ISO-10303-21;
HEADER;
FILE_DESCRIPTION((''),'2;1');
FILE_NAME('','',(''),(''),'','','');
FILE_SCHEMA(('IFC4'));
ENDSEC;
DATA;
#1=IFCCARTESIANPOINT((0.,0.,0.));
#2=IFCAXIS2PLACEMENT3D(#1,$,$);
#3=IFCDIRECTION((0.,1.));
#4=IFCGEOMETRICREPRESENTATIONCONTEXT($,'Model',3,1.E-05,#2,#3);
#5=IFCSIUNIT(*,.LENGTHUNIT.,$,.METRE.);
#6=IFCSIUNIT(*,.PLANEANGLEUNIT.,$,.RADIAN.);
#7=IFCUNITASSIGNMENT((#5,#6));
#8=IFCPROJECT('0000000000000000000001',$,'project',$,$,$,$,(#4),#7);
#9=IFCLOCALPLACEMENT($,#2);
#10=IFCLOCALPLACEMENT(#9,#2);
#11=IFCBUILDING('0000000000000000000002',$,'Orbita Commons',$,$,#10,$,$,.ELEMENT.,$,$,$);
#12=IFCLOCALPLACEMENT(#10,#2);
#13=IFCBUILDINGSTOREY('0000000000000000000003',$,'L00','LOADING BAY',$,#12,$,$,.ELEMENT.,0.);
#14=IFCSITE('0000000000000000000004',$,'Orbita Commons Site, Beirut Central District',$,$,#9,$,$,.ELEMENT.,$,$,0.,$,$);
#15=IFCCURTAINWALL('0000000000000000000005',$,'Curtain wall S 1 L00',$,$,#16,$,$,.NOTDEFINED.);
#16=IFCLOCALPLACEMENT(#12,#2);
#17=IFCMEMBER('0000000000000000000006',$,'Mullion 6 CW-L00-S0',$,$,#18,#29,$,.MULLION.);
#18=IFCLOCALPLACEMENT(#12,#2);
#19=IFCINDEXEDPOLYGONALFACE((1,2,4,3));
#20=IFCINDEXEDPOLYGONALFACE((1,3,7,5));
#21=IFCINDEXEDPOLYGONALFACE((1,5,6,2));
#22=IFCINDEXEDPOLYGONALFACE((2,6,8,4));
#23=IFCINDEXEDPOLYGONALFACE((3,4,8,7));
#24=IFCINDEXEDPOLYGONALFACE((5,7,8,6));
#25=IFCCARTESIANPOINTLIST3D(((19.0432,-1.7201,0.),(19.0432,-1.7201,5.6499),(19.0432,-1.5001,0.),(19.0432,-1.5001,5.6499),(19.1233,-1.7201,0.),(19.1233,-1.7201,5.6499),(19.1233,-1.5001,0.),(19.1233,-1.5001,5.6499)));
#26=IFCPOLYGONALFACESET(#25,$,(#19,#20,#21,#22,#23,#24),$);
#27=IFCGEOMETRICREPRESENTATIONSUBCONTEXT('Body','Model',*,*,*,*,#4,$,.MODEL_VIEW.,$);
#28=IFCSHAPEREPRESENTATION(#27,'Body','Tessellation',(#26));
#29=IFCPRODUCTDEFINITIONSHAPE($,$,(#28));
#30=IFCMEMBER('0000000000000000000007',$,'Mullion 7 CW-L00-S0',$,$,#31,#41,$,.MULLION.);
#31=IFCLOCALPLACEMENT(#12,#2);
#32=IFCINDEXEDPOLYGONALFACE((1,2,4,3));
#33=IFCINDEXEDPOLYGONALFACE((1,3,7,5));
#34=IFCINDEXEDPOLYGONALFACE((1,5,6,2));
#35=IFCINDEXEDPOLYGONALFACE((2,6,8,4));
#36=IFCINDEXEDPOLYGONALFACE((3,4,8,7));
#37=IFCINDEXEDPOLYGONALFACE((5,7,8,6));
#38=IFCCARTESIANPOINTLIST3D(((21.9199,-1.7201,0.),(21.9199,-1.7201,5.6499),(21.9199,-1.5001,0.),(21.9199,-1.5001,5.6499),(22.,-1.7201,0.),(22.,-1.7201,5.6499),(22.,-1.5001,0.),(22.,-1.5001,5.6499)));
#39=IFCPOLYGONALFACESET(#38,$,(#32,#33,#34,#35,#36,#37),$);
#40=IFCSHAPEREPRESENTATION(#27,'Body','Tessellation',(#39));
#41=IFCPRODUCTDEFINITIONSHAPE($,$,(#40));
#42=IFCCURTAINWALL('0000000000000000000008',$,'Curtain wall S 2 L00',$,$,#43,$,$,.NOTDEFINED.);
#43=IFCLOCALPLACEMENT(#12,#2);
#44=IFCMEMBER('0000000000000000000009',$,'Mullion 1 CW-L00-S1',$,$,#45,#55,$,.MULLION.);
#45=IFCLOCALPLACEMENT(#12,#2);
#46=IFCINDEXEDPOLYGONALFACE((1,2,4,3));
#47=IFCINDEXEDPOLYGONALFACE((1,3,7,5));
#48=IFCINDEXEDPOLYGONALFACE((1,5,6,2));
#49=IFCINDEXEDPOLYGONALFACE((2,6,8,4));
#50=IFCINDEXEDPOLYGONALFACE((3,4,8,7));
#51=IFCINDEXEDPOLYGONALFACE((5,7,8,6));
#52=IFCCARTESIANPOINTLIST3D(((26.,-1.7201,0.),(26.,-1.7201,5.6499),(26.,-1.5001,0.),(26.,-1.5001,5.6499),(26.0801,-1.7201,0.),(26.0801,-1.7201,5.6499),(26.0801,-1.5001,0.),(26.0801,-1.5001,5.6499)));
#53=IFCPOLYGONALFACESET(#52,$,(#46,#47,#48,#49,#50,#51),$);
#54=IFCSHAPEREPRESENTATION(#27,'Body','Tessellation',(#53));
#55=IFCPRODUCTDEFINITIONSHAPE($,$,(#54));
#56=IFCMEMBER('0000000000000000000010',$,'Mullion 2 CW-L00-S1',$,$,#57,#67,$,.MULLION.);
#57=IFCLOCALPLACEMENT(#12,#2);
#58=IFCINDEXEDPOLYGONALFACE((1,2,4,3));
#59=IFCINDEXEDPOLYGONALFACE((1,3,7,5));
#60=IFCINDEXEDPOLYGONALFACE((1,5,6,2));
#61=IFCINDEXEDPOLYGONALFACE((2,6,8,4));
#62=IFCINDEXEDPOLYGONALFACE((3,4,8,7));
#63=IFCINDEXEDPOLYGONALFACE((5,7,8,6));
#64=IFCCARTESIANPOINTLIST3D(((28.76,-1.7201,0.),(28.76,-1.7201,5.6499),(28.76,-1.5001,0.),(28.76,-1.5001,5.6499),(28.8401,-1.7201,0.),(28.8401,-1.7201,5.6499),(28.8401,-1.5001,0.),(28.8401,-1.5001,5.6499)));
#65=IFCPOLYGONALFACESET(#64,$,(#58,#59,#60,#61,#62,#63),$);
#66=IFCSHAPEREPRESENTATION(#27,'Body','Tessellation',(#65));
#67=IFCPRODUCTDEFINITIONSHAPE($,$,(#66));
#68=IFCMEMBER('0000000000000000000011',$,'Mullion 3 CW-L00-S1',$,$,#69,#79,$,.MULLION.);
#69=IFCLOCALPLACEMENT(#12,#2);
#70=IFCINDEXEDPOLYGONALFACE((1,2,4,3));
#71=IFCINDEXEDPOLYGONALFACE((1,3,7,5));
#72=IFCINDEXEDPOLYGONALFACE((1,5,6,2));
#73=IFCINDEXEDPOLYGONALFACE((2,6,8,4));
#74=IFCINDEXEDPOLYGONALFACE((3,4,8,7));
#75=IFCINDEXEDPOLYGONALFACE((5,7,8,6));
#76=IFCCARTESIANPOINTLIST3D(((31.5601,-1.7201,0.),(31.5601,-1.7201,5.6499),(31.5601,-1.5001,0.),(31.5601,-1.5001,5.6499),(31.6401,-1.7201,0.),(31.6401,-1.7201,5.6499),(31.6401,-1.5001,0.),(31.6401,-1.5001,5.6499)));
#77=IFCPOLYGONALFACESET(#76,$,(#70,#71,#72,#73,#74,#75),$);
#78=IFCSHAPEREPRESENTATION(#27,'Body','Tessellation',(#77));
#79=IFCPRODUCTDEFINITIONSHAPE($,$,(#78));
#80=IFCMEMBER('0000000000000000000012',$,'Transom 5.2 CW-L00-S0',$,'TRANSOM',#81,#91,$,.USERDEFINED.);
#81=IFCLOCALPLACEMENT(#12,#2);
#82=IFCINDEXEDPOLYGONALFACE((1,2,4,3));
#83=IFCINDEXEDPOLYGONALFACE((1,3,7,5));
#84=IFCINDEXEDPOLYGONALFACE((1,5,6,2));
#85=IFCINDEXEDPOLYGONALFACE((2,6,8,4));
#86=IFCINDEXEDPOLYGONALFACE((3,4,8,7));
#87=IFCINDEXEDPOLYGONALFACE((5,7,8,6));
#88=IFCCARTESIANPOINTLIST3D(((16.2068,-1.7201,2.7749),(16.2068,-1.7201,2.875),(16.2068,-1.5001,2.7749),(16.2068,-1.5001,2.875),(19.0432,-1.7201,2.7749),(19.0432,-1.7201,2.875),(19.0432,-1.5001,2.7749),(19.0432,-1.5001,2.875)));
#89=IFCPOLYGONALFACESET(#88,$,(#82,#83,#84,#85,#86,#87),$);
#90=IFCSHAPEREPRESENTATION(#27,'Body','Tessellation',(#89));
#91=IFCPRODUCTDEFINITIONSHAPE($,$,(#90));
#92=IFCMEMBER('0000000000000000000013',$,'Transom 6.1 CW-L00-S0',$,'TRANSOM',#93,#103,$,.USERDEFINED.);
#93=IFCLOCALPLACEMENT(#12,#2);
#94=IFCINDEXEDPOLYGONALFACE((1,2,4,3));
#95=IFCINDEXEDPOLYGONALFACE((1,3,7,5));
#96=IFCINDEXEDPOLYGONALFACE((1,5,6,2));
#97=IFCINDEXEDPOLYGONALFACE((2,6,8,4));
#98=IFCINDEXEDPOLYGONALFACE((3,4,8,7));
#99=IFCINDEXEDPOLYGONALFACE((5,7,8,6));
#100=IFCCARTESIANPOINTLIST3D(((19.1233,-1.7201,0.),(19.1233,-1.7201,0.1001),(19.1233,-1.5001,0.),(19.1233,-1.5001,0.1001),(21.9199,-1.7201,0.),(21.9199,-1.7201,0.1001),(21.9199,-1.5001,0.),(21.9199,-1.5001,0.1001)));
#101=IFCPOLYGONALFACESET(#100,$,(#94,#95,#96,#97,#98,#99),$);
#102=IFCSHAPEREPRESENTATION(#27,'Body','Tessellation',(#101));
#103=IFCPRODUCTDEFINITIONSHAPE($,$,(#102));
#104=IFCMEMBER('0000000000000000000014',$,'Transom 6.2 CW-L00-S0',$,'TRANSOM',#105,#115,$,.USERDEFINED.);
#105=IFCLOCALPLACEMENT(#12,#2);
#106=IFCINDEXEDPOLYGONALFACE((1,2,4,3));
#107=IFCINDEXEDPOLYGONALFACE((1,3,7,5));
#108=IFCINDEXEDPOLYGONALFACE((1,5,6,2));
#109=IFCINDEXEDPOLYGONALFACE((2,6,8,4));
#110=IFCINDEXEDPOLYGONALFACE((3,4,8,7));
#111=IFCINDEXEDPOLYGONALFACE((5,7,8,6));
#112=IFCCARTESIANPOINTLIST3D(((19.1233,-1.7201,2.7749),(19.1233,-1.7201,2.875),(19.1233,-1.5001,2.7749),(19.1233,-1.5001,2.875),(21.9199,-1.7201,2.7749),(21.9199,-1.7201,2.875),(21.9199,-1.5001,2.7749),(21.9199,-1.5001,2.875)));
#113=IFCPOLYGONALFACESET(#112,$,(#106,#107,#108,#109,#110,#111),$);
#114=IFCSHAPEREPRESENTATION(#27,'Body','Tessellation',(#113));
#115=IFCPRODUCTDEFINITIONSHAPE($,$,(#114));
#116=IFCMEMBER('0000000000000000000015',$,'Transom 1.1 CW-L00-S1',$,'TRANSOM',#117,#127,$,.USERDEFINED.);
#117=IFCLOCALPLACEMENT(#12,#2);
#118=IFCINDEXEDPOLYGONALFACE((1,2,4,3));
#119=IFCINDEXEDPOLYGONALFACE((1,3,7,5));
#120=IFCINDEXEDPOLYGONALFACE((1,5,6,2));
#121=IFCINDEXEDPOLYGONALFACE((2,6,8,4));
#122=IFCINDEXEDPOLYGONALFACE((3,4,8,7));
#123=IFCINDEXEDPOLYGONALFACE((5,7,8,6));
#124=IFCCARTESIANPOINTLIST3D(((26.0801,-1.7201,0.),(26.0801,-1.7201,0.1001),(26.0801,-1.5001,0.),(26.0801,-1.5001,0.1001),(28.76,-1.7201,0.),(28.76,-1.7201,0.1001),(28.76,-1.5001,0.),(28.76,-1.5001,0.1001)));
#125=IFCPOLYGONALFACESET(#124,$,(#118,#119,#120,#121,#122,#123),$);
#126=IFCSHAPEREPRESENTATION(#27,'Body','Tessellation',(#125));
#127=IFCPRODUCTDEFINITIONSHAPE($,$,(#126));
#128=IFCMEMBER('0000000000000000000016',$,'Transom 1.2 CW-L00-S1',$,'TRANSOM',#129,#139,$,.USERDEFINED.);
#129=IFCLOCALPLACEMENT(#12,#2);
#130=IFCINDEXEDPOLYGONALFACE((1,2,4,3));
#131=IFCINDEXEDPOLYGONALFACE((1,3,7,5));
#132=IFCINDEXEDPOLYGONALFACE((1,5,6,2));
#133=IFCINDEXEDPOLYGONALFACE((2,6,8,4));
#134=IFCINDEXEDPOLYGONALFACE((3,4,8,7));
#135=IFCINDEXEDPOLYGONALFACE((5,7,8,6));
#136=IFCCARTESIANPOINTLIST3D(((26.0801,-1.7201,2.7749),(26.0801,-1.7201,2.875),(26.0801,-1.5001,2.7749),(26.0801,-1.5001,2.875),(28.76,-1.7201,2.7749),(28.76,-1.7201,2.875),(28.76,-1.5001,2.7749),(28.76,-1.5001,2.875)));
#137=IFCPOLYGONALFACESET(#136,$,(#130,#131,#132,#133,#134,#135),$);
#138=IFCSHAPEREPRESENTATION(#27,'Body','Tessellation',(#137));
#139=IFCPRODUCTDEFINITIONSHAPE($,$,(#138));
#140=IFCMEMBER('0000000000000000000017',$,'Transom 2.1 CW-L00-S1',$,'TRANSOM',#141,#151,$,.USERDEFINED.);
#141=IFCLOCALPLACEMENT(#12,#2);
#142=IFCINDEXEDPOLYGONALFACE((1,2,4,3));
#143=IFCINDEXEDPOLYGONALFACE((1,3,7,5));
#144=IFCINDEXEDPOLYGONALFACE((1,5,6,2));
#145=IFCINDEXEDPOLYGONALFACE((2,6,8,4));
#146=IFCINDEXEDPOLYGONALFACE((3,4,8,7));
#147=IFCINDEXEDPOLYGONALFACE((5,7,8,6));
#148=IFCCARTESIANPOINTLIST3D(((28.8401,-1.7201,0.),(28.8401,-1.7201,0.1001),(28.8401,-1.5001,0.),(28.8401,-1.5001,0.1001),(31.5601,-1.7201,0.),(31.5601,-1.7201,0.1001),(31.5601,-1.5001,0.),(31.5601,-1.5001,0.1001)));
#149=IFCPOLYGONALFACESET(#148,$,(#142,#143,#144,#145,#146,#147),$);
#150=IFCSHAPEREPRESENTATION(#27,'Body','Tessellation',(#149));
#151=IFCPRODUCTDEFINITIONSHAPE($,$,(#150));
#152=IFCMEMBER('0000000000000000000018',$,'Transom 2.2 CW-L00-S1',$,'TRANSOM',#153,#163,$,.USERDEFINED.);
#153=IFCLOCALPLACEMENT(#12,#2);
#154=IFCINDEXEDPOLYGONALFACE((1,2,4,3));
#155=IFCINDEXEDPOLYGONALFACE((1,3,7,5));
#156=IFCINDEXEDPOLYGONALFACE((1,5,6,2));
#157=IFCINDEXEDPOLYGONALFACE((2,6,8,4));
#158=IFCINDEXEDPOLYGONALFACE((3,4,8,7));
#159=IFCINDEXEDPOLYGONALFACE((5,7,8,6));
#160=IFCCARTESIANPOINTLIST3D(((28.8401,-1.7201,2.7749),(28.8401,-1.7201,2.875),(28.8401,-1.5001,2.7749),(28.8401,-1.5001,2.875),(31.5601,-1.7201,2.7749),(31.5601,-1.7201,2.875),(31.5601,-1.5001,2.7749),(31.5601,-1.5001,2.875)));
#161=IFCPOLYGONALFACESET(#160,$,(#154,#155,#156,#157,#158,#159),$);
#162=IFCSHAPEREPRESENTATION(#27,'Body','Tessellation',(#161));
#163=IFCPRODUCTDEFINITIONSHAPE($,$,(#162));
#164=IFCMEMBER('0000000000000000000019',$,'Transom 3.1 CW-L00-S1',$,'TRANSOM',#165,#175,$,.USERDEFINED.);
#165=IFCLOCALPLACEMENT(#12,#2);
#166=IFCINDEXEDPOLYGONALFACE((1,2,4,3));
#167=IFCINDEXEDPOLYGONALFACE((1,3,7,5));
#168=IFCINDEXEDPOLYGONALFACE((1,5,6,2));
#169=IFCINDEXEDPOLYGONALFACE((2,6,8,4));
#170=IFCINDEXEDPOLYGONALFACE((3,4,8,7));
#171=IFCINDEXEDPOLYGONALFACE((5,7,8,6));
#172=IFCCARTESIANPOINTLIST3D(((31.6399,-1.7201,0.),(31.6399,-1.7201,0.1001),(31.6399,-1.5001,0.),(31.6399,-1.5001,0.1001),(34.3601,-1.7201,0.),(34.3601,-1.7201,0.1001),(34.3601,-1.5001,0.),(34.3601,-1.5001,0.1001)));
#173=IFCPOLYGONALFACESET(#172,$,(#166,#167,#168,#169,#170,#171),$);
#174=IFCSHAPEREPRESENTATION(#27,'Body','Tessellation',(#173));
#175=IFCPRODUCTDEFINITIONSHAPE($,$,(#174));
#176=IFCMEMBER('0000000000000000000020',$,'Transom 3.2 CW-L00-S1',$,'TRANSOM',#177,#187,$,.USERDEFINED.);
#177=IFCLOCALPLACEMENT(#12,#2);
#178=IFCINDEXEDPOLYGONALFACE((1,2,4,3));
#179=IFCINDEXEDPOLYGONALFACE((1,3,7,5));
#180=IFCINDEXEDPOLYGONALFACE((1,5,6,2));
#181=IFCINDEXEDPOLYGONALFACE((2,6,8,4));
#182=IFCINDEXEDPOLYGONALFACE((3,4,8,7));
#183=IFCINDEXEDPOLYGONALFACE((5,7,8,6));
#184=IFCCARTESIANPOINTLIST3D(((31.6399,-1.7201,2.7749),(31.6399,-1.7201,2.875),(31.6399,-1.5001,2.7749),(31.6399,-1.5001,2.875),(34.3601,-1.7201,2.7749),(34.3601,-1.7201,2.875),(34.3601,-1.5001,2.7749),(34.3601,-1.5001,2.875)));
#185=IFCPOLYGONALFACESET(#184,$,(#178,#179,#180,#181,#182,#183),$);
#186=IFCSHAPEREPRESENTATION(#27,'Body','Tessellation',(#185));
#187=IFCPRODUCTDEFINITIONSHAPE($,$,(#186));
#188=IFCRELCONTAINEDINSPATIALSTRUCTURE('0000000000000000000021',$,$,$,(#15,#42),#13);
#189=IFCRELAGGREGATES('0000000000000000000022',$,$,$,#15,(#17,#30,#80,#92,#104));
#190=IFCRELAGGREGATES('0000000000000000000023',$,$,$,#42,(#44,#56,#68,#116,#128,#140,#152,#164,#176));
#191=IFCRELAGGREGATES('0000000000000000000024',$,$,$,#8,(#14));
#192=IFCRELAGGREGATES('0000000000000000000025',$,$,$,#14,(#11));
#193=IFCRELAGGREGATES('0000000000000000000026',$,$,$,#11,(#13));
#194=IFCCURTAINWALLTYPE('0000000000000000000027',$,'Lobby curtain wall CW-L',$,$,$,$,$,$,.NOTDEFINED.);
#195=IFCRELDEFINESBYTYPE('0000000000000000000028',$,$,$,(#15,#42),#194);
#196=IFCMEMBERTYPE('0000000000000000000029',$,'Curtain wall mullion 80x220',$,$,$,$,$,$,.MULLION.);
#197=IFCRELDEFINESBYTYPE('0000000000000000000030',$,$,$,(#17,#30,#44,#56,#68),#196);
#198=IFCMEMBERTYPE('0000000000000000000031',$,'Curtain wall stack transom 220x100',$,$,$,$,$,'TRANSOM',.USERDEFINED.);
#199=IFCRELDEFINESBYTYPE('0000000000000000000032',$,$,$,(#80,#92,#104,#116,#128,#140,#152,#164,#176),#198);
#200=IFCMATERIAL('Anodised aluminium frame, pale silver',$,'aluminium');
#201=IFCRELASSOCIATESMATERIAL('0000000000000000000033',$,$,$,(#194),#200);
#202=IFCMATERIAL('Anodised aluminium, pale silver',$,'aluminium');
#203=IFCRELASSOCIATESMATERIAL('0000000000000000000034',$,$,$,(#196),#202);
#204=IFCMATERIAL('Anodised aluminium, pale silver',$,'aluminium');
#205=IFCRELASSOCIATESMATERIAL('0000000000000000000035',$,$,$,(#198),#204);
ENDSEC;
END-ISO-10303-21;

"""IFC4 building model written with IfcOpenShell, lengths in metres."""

from ifc_helpers import new_model, si_unit, direction, frame, origin, origin_2d, place, context, subcontext, project, spatial, rectangle, extrude, material, material_profile, profile_set, type_object, element, aggregate, save


model = new_model("IFC4")

# Units and contexts
model_context = context("Model", 3, precision=1e-05, world=origin(), true_north=direction((0.0, 1.0)))
body_context = subcontext(model_context, "Body", "Model", "MODEL_VIEW")
ifc_project = project(units=[si_unit("LENGTHUNIT", "METRE"), si_unit("PLANEANGLEUNIT", "RADIAN")], contexts=[model_context])

# Site, building, storey
site_placement = place(None, origin())
site = spatial("IfcSite", under=ifc_project, at=site_placement, Name="Orbita Commons Site, Beirut Central District", CompositionType="ELEMENT", RefElevation=0.0)
building_placement = place(site_placement, origin())
building = spatial("IfcBuilding", under=site, at=building_placement, Name="Orbita Commons", CompositionType="ELEMENT")
storey_placement = place(building_placement, origin())
storey = spatial("IfcBuildingStorey", under=building, at=storey_placement, Name="L00", Description="LOADING BAY", CompositionType="ELEMENT", Elevation=0.0)

# Curtain walls, members
ifc_material_1 = material(Name="Anodised aluminium frame, pale silver", Category="aluminium")
curtain_wall_type = type_object("IfcCurtainWallType", Name="Lobby curtain wall CW-L", PredefinedType="NOTDEFINED", material=ifc_material_1)
curtain_wall_1_placement = place(storey_placement, origin())
curtain_wall_1 = element("IfcCurtainWall", 1, at=curtain_wall_1_placement, inside=storey, type_object=curtain_wall_type, Name="Curtain wall S 1 L00", PredefinedType="NOTDEFINED")
ifc_material_2 = material(Name="Anodised aluminium, pale silver", Category="aluminium")
ifc_material_profile_1 = material_profile(ifc_material_2, rectangle(XDim=0.0801, YDim=0.22, at=origin_2d()), Name="AL 80x220")
ifc_profile_set_1 = profile_set([ifc_material_profile_1], Name="Anodised aluminium, pale silver")
member_type_1 = type_object("IfcMemberType", Name="Curtain wall mullion 80x220", PredefinedType="MULLION", material=ifc_profile_set_1)
member_1_placement = place(storey_placement, frame((19.0833, -1.6101, 0.0), z_axis=(0.0, 0.0, 1.0), x_axis=(1.0, 0.0, 0.0)))
member_1 = element("IfcMember", 2, at=member_1_placement, type_object=member_type_1, Name="Mullion 6 CW-L00-S0", PredefinedType="MULLION", context=body_context, shape_type="SweptSolid", body=[
    extrude(rectangle(XDim=0.0801, YDim=0.22, at=origin_2d()), origin(), (0.0, 0.0, 1.0), 5.6499),
])
member_2_placement = place(storey_placement, frame((21.96, -1.6101, 0.0), z_axis=(0.0, 0.0, 1.0), x_axis=(1.0, 0.0, 0.0)))
member_2 = element("IfcMember", 3, at=member_2_placement, type_object=member_type_1, Name="Mullion 7 CW-L00-S0", PredefinedType="MULLION", context=body_context, shape_type="SweptSolid", body=[
    extrude(rectangle(XDim=0.0801, YDim=0.22, at=origin_2d()), origin(), (0.0, 0.0, 1.0), 5.6499),
])
curtain_wall_2_placement = place(storey_placement, origin())
curtain_wall_2 = element("IfcCurtainWall", 4, at=curtain_wall_2_placement, inside=storey, type_object=curtain_wall_type, Name="Curtain wall S 2 L00", PredefinedType="NOTDEFINED")
member_3_placement = place(storey_placement, frame((26.04, -1.6101, 0.0), z_axis=(0.0, 0.0, 1.0), x_axis=(1.0, 0.0, 0.0)))
member_3 = element("IfcMember", 5, at=member_3_placement, type_object=member_type_1, Name="Mullion 1 CW-L00-S1", PredefinedType="MULLION", context=body_context, shape_type="SweptSolid", body=[
    extrude(rectangle(XDim=0.0801, YDim=0.22, at=origin_2d()), origin(), (0.0, 0.0, 1.0), 5.6499),
])
member_4_placement = place(storey_placement, frame((28.8, -1.6101, 0.0), z_axis=(0.0, 0.0, 1.0), x_axis=(1.0, 0.0, 0.0)))
member_4 = element("IfcMember", 6, at=member_4_placement, type_object=member_type_1, Name="Mullion 2 CW-L00-S1", PredefinedType="MULLION", context=body_context, shape_type="SweptSolid", body=[
    extrude(rectangle(XDim=0.0801, YDim=0.22, at=origin_2d()), origin(), (0.0, 0.0, 1.0), 5.6499),
])
member_5_placement = place(storey_placement, frame((31.6001, -1.6101, 0.0), z_axis=(0.0, 0.0, 1.0), x_axis=(1.0, 0.0, 0.0)))
member_5 = element("IfcMember", 7, at=member_5_placement, type_object=member_type_1, Name="Mullion 3 CW-L00-S1", PredefinedType="MULLION", context=body_context, shape_type="SweptSolid", body=[
    extrude(rectangle(XDim=0.0801, YDim=0.22, at=origin_2d()), origin(), (0.0, 0.0, 1.0), 5.6499),
])

# Members
ifc_material_3 = material(Name="Anodised aluminium, pale silver", Category="aluminium")
ifc_material_profile_2 = material_profile(ifc_material_3, rectangle(XDim=0.22, YDim=0.1001, at=origin_2d()), Name="AL 220x100")
ifc_profile_set_2 = profile_set([ifc_material_profile_2], Name="Anodised aluminium, pale silver")
member_type_2 = type_object("IfcMemberType", Name="Curtain wall stack transom 220x100", ElementType="TRANSOM", PredefinedType="USERDEFINED", material=ifc_profile_set_2)
member_6_placement = place(storey_placement, frame((16.2068, -1.6101, 2.825), z_axis=(1.0, 0.0, 0.0), x_axis=(0.0, 1.0, 0.0)))
member_6 = element("IfcMember", 8, at=member_6_placement, type_object=member_type_2, Name="Transom 5.2 CW-L00-S0", ObjectType="TRANSOM", PredefinedType="USERDEFINED", context=body_context, shape_type="SweptSolid", body=[
    extrude(rectangle(XDim=0.22, YDim=0.1001, at=origin_2d()), origin(), (0.0, 0.0, 1.0), 2.8364),
])
member_7_placement = place(storey_placement, frame((19.1233, -1.6101, 0.05), z_axis=(1.0, 0.0, 0.0), x_axis=(0.0, 1.0, 0.0)))
member_7 = element("IfcMember", 9, at=member_7_placement, type_object=member_type_2, Name="Transom 6.1 CW-L00-S0", ObjectType="TRANSOM", PredefinedType="USERDEFINED", context=body_context, shape_type="SweptSolid", body=[
    extrude(rectangle(XDim=0.22, YDim=0.1001, at=origin_2d()), origin(), (0.0, 0.0, 1.0), 2.7966),
])
member_8_placement = place(storey_placement, frame((19.1233, -1.6101, 2.825), z_axis=(1.0, 0.0, 0.0), x_axis=(0.0, 1.0, 0.0)))
member_8 = element("IfcMember", 10, at=member_8_placement, type_object=member_type_2, Name="Transom 6.2 CW-L00-S0", ObjectType="TRANSOM", PredefinedType="USERDEFINED", context=body_context, shape_type="SweptSolid", body=[
    extrude(rectangle(XDim=0.22, YDim=0.1001, at=origin_2d()), origin(), (0.0, 0.0, 1.0), 2.7966),
])
member_9_placement = place(storey_placement, frame((26.0801, -1.6101, 0.05), z_axis=(1.0, 0.0, 0.0), x_axis=(0.0, 1.0, 0.0)))
member_9 = element("IfcMember", 11, at=member_9_placement, type_object=member_type_2, Name="Transom 1.1 CW-L00-S1", ObjectType="TRANSOM", PredefinedType="USERDEFINED", context=body_context, shape_type="SweptSolid", body=[
    extrude(rectangle(XDim=0.22, YDim=0.1001, at=origin_2d()), origin(), (0.0, 0.0, 1.0), 2.6799),
])
member_10_placement = place(storey_placement, frame((26.0801, -1.6101, 2.825), z_axis=(1.0, 0.0, 0.0), x_axis=(0.0, 1.0, 0.0)))
member_10 = element("IfcMember", 12, at=member_10_placement, type_object=member_type_2, Name="Transom 1.2 CW-L00-S1", ObjectType="TRANSOM", PredefinedType="USERDEFINED", context=body_context, shape_type="SweptSolid", body=[
    extrude(rectangle(XDim=0.22, YDim=0.1001, at=origin_2d()), origin(), (0.0, 0.0, 1.0), 2.6799),
])
member_11_placement = place(storey_placement, frame((28.8401, -1.6101, 0.05), z_axis=(1.0, 0.0, 0.0), x_axis=(0.0, 1.0, 0.0)))
member_11 = element("IfcMember", 13, at=member_11_placement, type_object=member_type_2, Name="Transom 2.1 CW-L00-S1", ObjectType="TRANSOM", PredefinedType="USERDEFINED", context=body_context, shape_type="SweptSolid", body=[
    extrude(rectangle(XDim=0.22, YDim=0.1001, at=origin_2d()), origin(), (0.0, 0.0, 1.0), 2.72),
])
member_12_placement = place(storey_placement, frame((28.8401, -1.6101, 2.825), z_axis=(1.0, 0.0, 0.0), x_axis=(0.0, 1.0, 0.0)))
member_12 = element("IfcMember", 14, at=member_12_placement, type_object=member_type_2, Name="Transom 2.2 CW-L00-S1", ObjectType="TRANSOM", PredefinedType="USERDEFINED", context=body_context, shape_type="SweptSolid", body=[
    extrude(rectangle(XDim=0.22, YDim=0.1001, at=origin_2d()), origin(), (0.0, 0.0, 1.0), 2.72),
])
member_13_placement = place(storey_placement, frame((31.6399, -1.6101, 0.05), z_axis=(1.0, 0.0, 0.0), x_axis=(0.0, 1.0, 0.0)))
member_13 = element("IfcMember", 15, at=member_13_placement, type_object=member_type_2, Name="Transom 3.1 CW-L00-S1", ObjectType="TRANSOM", PredefinedType="USERDEFINED", context=body_context, shape_type="SweptSolid", body=[
    extrude(rectangle(XDim=0.22, YDim=0.1001, at=origin_2d()), origin(), (0.0, 0.0, 1.0), 2.7202),
])
member_14_placement = place(storey_placement, frame((31.6399, -1.6101, 2.825), z_axis=(1.0, 0.0, 0.0), x_axis=(0.0, 1.0, 0.0)))
member_14 = element("IfcMember", 16, at=member_14_placement, type_object=member_type_2, Name="Transom 3.2 CW-L00-S1", ObjectType="TRANSOM", PredefinedType="USERDEFINED", context=body_context, shape_type="SweptSolid", body=[
    extrude(rectangle(XDim=0.22, YDim=0.1001, at=origin_2d()), origin(), (0.0, 0.0, 1.0), 2.7202),
])

aggregate(curtain_wall_1, [member_1, member_2, member_6, member_7, member_8])
aggregate(curtain_wall_2, [member_3, member_4, member_5, member_9, member_10, member_11, member_12, member_13, member_14])

save(model, "model.ifc")
